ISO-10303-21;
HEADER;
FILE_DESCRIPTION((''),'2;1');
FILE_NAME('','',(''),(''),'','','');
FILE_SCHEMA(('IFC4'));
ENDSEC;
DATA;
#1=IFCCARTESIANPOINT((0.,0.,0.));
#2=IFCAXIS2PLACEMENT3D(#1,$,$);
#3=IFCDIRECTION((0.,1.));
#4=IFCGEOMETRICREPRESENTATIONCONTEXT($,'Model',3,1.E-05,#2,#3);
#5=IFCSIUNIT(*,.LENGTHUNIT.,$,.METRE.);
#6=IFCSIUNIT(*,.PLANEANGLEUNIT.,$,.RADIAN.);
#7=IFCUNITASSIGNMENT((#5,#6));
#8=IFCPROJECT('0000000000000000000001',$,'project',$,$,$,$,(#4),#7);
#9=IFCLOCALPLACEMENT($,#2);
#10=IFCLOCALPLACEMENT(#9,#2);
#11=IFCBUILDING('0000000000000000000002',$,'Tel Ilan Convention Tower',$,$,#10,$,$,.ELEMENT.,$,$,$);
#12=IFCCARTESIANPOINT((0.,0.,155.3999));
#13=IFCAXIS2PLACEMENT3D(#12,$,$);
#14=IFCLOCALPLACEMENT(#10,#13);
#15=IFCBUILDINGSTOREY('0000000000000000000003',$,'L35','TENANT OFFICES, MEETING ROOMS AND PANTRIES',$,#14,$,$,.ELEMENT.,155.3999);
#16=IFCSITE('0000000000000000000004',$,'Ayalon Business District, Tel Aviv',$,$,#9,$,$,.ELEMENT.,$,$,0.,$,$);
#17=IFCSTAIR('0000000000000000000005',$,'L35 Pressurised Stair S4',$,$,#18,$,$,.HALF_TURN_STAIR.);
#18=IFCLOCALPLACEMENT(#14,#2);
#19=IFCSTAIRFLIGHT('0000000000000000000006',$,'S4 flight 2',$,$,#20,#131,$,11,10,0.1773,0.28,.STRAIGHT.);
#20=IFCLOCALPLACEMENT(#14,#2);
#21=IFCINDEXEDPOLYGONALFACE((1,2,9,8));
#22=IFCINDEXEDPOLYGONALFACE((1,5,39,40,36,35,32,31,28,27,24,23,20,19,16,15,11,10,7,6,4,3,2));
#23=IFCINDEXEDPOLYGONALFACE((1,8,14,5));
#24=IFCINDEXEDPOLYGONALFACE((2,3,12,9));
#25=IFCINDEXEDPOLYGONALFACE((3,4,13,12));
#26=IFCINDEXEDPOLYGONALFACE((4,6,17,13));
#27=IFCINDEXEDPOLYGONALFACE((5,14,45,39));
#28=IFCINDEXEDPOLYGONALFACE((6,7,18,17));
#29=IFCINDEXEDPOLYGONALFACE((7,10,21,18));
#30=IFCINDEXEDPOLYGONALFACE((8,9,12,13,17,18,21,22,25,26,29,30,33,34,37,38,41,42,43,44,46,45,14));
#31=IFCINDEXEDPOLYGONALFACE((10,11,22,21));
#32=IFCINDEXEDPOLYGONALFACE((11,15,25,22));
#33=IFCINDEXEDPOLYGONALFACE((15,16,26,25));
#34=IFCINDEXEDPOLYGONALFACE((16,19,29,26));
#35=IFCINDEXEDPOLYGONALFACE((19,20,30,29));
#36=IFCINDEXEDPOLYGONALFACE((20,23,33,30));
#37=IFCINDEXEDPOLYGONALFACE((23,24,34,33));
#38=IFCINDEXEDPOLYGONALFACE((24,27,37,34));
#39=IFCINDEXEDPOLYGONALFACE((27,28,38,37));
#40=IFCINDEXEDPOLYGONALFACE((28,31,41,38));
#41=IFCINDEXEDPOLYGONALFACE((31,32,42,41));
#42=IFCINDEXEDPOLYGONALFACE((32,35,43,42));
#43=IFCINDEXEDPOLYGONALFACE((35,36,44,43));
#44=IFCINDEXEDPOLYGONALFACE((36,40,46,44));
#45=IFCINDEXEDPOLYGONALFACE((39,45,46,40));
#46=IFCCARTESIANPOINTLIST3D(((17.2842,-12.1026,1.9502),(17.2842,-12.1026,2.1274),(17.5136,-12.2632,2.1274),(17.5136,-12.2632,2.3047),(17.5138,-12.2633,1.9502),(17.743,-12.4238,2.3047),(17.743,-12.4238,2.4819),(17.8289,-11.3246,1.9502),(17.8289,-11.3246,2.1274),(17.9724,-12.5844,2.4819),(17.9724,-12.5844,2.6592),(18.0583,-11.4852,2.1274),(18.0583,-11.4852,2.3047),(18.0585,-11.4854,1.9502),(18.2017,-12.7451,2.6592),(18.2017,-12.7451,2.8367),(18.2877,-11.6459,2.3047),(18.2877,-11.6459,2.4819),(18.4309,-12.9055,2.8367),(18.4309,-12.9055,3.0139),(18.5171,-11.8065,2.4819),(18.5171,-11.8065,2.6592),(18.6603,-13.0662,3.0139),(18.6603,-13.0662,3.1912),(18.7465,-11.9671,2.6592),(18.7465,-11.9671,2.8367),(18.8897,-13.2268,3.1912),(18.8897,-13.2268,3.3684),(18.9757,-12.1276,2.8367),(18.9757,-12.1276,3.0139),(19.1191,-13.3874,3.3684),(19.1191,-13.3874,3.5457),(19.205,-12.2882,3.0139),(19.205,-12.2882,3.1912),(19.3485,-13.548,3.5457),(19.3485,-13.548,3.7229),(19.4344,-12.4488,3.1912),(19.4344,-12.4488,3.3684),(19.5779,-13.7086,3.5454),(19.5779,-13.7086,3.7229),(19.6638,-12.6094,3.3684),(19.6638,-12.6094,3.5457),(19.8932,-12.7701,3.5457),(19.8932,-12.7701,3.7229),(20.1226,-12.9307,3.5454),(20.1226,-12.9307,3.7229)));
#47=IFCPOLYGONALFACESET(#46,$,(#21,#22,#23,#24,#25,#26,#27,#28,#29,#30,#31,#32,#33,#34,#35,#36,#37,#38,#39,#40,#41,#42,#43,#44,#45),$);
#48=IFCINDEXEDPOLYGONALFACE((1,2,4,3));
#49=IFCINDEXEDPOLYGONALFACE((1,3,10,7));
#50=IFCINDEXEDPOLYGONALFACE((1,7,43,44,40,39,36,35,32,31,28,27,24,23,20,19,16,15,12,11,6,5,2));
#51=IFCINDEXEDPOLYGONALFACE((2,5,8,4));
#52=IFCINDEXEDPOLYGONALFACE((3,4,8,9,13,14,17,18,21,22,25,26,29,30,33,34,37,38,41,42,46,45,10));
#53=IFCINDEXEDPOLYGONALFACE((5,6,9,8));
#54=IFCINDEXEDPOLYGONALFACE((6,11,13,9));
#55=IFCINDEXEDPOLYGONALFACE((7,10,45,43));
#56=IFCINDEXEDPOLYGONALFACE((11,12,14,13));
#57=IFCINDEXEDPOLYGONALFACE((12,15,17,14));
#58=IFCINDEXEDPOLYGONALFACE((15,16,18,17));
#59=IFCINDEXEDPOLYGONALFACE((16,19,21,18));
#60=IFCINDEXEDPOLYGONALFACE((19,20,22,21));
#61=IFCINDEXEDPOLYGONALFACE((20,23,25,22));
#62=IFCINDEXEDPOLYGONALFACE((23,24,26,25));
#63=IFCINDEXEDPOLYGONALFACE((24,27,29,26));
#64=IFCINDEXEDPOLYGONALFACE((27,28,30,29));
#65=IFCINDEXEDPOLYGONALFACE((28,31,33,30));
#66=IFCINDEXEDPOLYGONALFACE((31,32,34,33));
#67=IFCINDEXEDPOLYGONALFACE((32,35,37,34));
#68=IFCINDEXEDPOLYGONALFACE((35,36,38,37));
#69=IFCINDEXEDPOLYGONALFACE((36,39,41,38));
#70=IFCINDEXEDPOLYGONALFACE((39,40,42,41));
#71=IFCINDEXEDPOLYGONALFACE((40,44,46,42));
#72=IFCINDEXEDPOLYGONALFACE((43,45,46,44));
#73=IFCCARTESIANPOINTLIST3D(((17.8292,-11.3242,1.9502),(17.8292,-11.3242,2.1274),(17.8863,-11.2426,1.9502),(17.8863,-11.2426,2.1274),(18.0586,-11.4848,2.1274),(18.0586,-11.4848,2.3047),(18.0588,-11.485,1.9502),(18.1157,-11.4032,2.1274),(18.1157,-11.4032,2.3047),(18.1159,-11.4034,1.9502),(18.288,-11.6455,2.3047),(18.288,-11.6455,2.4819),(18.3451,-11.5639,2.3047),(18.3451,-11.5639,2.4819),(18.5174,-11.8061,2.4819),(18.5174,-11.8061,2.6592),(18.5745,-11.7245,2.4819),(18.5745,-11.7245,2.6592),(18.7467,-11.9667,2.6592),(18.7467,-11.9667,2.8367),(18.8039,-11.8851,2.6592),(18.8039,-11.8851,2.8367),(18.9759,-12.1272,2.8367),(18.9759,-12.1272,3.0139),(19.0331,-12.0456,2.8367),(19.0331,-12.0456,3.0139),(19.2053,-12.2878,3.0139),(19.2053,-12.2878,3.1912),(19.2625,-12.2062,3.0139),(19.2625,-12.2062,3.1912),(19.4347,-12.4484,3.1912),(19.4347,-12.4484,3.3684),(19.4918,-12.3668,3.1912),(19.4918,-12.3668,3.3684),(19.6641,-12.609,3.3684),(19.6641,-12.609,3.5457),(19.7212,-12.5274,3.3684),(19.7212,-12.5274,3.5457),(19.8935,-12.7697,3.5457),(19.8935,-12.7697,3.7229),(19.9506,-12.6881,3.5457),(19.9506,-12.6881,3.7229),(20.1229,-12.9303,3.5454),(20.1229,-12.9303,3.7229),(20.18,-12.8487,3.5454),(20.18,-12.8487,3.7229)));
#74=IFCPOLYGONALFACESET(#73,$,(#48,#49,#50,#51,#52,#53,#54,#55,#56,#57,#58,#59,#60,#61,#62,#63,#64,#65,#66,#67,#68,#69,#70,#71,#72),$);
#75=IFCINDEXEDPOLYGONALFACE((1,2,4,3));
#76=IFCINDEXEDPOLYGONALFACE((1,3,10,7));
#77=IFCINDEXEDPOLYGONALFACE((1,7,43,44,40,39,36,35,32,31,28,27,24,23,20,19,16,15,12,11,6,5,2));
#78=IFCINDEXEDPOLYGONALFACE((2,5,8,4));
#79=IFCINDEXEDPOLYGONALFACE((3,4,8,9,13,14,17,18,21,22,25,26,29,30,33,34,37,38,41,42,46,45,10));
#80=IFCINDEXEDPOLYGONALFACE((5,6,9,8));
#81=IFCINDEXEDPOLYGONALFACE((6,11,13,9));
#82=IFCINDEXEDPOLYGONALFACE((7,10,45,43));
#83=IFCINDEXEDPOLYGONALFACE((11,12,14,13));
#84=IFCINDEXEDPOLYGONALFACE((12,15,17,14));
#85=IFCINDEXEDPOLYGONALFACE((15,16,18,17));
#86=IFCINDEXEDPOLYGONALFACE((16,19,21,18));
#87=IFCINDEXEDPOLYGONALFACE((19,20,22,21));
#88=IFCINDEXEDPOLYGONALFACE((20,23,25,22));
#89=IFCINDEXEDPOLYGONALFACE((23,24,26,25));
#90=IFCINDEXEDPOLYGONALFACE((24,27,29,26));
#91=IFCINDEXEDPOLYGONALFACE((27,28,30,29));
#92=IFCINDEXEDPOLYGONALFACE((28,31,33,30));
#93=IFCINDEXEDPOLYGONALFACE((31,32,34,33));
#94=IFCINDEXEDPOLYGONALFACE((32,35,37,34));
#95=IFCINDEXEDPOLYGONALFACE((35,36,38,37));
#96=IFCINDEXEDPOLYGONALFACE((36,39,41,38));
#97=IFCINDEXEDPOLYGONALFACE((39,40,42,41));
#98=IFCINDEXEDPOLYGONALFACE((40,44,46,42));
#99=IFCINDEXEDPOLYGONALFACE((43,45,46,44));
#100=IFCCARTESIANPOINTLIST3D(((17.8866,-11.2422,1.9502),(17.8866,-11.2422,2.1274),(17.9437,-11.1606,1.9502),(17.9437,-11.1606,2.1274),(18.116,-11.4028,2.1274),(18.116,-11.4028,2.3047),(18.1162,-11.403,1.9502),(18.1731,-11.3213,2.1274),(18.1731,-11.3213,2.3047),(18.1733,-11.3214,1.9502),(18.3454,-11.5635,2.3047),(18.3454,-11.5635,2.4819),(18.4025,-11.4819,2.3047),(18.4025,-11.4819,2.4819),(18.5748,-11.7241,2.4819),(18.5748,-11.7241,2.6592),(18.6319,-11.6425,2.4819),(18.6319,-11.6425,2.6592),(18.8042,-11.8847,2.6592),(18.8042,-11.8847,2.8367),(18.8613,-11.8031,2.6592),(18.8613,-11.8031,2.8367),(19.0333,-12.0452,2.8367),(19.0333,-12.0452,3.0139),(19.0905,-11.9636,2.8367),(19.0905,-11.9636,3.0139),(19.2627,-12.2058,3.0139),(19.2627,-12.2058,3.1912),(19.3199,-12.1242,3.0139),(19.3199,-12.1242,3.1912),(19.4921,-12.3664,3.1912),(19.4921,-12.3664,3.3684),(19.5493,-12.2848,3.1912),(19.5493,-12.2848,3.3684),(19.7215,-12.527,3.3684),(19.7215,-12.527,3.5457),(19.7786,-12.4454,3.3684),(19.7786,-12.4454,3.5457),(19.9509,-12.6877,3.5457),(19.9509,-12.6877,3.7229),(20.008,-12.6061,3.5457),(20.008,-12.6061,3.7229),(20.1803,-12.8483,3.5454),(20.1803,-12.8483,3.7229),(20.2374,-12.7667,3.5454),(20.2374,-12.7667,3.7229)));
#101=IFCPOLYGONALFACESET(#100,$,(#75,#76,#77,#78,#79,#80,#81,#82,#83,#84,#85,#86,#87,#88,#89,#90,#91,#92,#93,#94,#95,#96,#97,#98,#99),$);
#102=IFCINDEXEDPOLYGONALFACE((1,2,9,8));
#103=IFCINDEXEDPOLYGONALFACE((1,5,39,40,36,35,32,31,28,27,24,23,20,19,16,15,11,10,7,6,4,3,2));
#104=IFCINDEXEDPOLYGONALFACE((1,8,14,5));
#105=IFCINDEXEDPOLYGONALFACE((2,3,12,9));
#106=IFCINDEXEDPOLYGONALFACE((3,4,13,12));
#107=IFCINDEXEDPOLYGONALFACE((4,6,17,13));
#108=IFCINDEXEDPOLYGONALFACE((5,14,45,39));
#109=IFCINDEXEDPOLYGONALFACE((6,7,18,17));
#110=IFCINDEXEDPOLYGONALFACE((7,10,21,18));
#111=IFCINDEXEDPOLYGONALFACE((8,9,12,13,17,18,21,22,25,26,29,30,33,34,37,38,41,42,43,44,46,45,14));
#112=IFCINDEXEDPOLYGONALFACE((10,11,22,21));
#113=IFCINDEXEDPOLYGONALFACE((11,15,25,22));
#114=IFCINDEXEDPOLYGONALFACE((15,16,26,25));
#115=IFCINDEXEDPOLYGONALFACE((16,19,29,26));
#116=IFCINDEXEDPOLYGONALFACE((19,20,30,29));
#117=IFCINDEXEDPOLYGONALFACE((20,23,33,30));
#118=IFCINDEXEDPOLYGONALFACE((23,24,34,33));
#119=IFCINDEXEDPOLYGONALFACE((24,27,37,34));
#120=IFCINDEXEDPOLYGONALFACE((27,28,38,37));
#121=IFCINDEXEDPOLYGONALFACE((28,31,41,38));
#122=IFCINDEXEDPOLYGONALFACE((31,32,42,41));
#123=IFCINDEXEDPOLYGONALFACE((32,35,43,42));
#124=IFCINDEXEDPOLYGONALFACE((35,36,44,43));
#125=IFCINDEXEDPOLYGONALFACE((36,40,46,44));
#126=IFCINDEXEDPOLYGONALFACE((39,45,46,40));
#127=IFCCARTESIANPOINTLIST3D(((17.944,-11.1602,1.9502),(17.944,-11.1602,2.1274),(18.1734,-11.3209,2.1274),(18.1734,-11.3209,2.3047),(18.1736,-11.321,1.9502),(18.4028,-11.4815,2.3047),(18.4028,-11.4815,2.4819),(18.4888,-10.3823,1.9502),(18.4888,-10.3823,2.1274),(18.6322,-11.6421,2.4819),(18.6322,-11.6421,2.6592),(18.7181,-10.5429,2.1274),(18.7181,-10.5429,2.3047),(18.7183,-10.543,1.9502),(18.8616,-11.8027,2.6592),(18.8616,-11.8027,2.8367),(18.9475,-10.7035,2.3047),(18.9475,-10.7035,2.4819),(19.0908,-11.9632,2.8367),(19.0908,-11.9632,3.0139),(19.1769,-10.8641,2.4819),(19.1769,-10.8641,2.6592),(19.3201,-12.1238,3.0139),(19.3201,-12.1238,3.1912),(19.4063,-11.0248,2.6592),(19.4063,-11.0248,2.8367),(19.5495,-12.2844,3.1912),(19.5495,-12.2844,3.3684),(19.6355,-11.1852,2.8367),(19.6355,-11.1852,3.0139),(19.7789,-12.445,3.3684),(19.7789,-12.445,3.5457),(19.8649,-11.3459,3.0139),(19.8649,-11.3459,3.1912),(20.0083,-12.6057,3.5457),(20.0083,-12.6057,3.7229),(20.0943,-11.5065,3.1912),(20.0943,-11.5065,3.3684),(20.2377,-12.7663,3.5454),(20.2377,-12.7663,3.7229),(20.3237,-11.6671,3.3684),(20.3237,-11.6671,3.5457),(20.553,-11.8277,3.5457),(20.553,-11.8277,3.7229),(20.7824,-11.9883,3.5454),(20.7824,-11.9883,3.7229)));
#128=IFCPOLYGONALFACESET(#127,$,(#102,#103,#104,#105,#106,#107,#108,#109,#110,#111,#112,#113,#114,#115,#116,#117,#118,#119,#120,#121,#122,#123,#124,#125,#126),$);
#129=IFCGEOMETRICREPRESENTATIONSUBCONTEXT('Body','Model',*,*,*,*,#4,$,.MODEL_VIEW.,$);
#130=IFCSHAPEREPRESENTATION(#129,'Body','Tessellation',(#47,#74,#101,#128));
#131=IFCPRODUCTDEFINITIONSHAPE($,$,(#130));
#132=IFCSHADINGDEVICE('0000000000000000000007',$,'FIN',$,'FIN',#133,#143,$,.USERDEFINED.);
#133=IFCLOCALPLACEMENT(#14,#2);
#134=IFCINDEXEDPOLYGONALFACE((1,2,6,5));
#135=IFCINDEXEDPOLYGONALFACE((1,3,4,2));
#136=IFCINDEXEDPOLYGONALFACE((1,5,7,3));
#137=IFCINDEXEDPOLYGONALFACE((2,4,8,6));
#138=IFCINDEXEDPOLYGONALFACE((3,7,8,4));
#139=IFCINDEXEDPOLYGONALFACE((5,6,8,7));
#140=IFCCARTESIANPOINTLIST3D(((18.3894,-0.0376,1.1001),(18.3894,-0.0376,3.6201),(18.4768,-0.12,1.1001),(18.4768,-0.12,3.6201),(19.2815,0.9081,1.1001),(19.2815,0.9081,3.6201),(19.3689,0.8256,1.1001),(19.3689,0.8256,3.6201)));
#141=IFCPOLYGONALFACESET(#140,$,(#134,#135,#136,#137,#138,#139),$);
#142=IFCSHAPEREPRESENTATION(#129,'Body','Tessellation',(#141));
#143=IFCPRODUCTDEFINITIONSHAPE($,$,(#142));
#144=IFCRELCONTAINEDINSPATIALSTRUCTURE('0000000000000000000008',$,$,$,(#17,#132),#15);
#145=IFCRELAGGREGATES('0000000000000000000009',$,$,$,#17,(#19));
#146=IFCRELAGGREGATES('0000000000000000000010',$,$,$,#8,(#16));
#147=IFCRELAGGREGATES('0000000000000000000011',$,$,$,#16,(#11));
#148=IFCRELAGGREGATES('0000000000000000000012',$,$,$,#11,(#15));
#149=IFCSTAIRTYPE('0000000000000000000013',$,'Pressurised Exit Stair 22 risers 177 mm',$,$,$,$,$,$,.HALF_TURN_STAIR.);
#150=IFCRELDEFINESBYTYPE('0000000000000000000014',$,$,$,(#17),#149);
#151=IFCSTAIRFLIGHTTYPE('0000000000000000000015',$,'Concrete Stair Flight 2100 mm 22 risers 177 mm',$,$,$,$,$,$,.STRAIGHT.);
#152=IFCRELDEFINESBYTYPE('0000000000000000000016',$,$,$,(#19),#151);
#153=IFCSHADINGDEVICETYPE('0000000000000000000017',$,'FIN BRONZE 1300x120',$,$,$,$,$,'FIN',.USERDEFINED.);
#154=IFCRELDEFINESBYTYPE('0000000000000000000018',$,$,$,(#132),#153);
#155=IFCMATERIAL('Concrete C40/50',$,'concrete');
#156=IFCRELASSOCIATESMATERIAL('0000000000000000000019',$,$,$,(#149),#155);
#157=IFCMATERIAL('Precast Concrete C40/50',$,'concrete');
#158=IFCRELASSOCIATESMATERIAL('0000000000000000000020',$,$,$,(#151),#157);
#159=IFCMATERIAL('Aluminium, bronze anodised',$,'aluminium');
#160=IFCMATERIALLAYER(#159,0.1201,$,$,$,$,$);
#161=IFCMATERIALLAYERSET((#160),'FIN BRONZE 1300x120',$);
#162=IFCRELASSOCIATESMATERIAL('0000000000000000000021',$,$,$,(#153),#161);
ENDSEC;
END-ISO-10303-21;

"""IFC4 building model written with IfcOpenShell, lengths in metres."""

from ifc_helpers import new_model, si_unit, direction, frame, origin, origin_2d, place, context, subcontext, project, spatial, polyline, rectangle, outline, extrude, material, layer, layer_set, type_object, element, aggregate, save


model = new_model("IFC4")

# Units and contexts
model_context = context("Model", 3, precision=1e-05, world=origin(), true_north=direction((0.0, 1.0)))
body_context = subcontext(model_context, "Body", "Model", "MODEL_VIEW")
ifc_project = project(units=[si_unit("LENGTHUNIT", "METRE"), si_unit("PLANEANGLEUNIT", "RADIAN")], contexts=[model_context])

# Site, building, storey
site_placement = place(None, origin())
site = spatial("IfcSite", under=ifc_project, at=site_placement, Name="Ayalon Business District, Tel Aviv", CompositionType="ELEMENT", RefElevation=0.0)
building_placement = place(site_placement, origin())
building = spatial("IfcBuilding", under=site, at=building_placement, Name="Tel Ilan Convention Tower", CompositionType="ELEMENT")
storey_placement = place(building_placement, frame((0.0, 0.0, 155.3999)))
storey = spatial("IfcBuildingStorey", under=building, at=storey_placement, Name="L35", Description="TENANT OFFICES, MEETING ROOMS AND PANTRIES", CompositionType="ELEMENT", Elevation=155.3999)

# Shared definitions
ifc_material_1 = material(Name="Concrete C40/50", Category="concrete")
stair_type = type_object("IfcStairType", Name="Pressurised Exit Stair 22 risers 177 mm", PredefinedType="HALF_TURN_STAIR", material=ifc_material_1)
ifc_material_2 = material(Name="Precast Concrete C40/50", Category="concrete")
stair_flight_type = type_object("IfcStairFlightType", Name="Concrete Stair Flight 2100 mm 22 risers 177 mm", PredefinedType="STRAIGHT", material=ifc_material_2)

# Stair, stair flight
stair_1_placement = place(storey_placement, origin())
stair_1 = element("IfcStair", 1, at=stair_1_placement, inside=storey, type_object=stair_type, Name="L35 Pressurised Stair S4", PredefinedType="HALF_TURN_STAIR")
stair_flight_1_placement = place(storey_placement, frame((17.8865, -11.2424, 1.9502), z_axis=(0.0, 0.0, 1.0), x_axis=(0.819152, -0.573576, 0.0)))
stair_flight_1 = element("IfcStairFlight", 2, at=stair_flight_1_placement, type_object=stair_flight_type, Name="S4 flight 2", NumberOfRisers=11, NumberOfTreads=10, PredefinedType="STRAIGHT", RiserHeight=0.1773, TreadLength=0.28, context=body_context, shape_type="SweptSolid", body=[
    extrude(outline(polyline([(0.0, 0.0), (0.0, 0.1772), (0.28, 0.1772), (0.28, 0.3545), (0.5601, 0.3545), (0.5601, 0.5317), (0.8401, 0.5317), (0.8401, 0.709), (1.1201, 0.709), (1.1201, 0.8865), (1.3999, 0.8865), (1.3999, 1.0637), (1.6799, 1.0637), (1.6799, 1.241), (1.96, 1.241), (1.96, 1.4182), (2.24, 1.4182), (2.24, 1.5955), (2.52, 1.5955), (2.52, 1.7727), (2.8, 1.7727), (2.8, 1.95), (2.8, 1.5952), (0.2803, 0.0), (0.0, 0.0)])), frame((0.0, -0.1003, 0.0), z_axis=(0.0, -1.0, 0.0), x_axis=(1.0, 0.0, 0.0)), (0.0, 0.0, 1.0), 0.9497),
    extrude(outline(polyline([(0.0, 0.0), (0.0, 0.1772), (0.28, 0.1772), (0.28, 0.3545), (0.5601, 0.3545), (0.5601, 0.5317), (0.8401, 0.5317), (0.8401, 0.709), (1.1201, 0.709), (1.1201, 0.8865), (1.3999, 0.8865), (1.3999, 1.0637), (1.6799, 1.0637), (1.6799, 1.241), (1.96, 1.241), (1.96, 1.4182), (2.24, 1.4182), (2.24, 1.5955), (2.52, 1.5955), (2.52, 1.7727), (2.8, 1.7727), (2.8, 1.95), (2.8, 1.5952), (0.2803, 0.0), (0.0, 0.0)])), frame((0.0, -0.0002, 0.0), z_axis=(0.0, -1.0, 0.0), x_axis=(1.0, 0.0, 0.0)), (0.0, 0.0, 1.0), 0.0996),
    extrude(outline(polyline([(0.0, 0.0), (0.0, 0.1772), (0.28, 0.1772), (0.28, 0.3545), (0.5601, 0.3545), (0.5601, 0.5317), (0.8401, 0.5317), (0.8401, 0.709), (1.1201, 0.709), (1.1201, 0.8865), (1.3999, 0.8865), (1.3999, 1.0637), (1.6799, 1.0637), (1.6799, 1.241), (1.96, 1.241), (1.96, 1.4182), (2.24, 1.4182), (2.24, 1.5955), (2.52, 1.5955), (2.52, 1.7727), (2.8, 1.7727), (2.8, 1.95), (2.8, 1.5952), (0.2803, 0.0), (0.0, 0.0)])), frame((0.0, 0.0999, 0.0), z_axis=(0.0, -1.0, 0.0), x_axis=(1.0, 0.0, 0.0)), (0.0, 0.0, 1.0), 0.0996),
    extrude(outline(polyline([(0.0, 0.0), (0.0, 0.1772), (0.28, 0.1772), (0.28, 0.3545), (0.5601, 0.3545), (0.5601, 0.5317), (0.8401, 0.5317), (0.8401, 0.709), (1.1201, 0.709), (1.1201, 0.8865), (1.3999, 0.8865), (1.3999, 1.0637), (1.6799, 1.0637), (1.6799, 1.241), (1.96, 1.241), (1.96, 1.4182), (2.24, 1.4182), (2.24, 1.5955), (2.52, 1.5955), (2.52, 1.7727), (2.8, 1.7727), (2.8, 1.95), (2.8, 1.5952), (0.2803, 0.0), (0.0, 0.0)])), frame((0.0, 1.05, 0.0), z_axis=(0.0, -1.0, 0.0), x_axis=(1.0, 0.0, 0.0)), (0.0, 0.0, 1.0), 0.9497),
])
aggregate(stair_1, [stair_flight_1])

# Shading device
ifc_material_3 = material(Name="Aluminium, bronze anodised", Category="aluminium")
ifc_layer_1 = layer(ifc_material_3, 0.1201)
ifc_layer_set_1 = layer_set([ifc_layer_1], Name="FIN BRONZE 1300x120")
shading_device_type = type_object("IfcShadingDeviceType", Name="FIN BRONZE 1300x120", ElementType="FIN", PredefinedType="USERDEFINED", material=ifc_layer_set_1)
shading_device_placement = place(storey_placement, frame((18.8792, 0.394, 1.1001), z_axis=(0.0, 0.0, 1.0), x_axis=(0.686242, 0.727374, 0.0)))
element("IfcShadingDevice", 3, at=shading_device_placement, inside=storey, type_object=shading_device_type, Name="FIN", ObjectType="FIN", PredefinedType="USERDEFINED", context=body_context, shape_type="SweptSolid", body=[
    extrude(rectangle(XDim=1.3, YDim=0.1201, at=origin_2d()), origin(), (0.0, 0.0, 1.0), 2.52),
])

save(model, "model.ifc")
